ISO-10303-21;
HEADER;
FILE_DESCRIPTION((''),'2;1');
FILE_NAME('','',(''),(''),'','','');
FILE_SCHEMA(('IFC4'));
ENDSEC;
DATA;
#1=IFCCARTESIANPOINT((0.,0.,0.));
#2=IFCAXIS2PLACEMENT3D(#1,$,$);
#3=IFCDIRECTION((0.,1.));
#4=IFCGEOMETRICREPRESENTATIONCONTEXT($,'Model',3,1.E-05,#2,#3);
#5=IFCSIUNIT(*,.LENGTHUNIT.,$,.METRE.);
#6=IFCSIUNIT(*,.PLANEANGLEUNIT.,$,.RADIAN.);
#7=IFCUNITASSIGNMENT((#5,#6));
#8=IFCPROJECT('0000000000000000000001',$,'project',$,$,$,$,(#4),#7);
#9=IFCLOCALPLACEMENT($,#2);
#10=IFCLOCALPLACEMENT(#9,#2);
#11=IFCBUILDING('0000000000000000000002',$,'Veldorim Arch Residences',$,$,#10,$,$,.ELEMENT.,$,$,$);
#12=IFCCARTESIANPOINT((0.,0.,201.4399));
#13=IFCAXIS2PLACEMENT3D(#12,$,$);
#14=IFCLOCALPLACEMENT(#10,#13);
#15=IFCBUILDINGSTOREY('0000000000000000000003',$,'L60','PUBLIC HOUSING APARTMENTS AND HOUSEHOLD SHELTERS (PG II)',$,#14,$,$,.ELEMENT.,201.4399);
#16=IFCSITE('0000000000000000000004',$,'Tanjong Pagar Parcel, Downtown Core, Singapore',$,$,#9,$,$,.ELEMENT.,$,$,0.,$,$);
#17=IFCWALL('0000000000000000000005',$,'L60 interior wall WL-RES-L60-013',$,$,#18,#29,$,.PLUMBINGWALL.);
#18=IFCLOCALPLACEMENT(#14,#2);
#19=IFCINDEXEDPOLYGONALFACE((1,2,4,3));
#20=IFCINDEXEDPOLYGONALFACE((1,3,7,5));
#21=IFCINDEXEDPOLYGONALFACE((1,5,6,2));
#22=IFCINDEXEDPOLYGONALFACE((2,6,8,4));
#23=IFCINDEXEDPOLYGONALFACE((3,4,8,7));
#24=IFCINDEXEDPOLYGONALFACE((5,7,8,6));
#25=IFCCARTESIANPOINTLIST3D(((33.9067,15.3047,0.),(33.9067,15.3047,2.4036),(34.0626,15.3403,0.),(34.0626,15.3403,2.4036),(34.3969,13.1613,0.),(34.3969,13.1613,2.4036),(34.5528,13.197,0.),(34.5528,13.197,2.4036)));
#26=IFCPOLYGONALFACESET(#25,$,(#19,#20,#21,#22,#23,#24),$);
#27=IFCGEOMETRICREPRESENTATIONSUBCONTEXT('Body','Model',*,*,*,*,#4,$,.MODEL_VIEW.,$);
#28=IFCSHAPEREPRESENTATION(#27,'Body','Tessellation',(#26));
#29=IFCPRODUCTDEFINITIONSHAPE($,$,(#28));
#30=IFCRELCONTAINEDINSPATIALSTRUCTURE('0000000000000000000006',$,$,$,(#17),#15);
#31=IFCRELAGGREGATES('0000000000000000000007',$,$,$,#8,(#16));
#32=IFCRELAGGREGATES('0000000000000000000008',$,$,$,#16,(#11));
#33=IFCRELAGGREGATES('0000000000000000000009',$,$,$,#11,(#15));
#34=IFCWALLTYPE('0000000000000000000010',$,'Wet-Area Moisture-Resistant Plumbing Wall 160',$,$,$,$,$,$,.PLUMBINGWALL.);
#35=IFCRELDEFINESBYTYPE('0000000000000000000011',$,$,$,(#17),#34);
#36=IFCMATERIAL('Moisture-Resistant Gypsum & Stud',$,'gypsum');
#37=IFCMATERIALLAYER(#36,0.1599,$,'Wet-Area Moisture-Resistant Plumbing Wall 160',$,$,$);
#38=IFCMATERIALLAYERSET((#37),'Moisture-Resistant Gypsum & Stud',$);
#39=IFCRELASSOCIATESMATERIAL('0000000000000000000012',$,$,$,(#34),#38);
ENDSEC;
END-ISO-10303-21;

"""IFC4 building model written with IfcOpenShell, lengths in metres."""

from ifc_helpers import new_model, si_unit, direction, frame, frame_2d, origin, place, context, subcontext, project, spatial, rectangle, extrude, material, layer, layer_set, type_object, element, save


model = new_model("IFC4")

# Units and contexts
model_context = context("Model", 3, precision=1e-05, world=origin(), true_north=direction((0.0, 1.0)))
body_context = subcontext(model_context, "Body", "Model", "MODEL_VIEW")
ifc_project = project(units=[si_unit("LENGTHUNIT", "METRE"), si_unit("PLANEANGLEUNIT", "RADIAN")], contexts=[model_context])

# Site, building, storey
site_placement = place(None, origin())
site = spatial("IfcSite", under=ifc_project, at=site_placement, Name="Tanjong Pagar Parcel, Downtown Core, Singapore", CompositionType="ELEMENT", RefElevation=0.0)
building_placement = place(site_placement, origin())
building = spatial("IfcBuilding", under=site, at=building_placement, Name="Veldorim Arch Residences", CompositionType="ELEMENT")
storey_placement = place(building_placement, frame((0.0, 0.0, 201.4399)))
storey = spatial("IfcBuildingStorey", under=building, at=storey_placement, Name="L60", Description="PUBLIC HOUSING APARTMENTS AND HOUSEHOLD SHELTERS (PG II)", CompositionType="ELEMENT", Elevation=201.4399)

# Shared definitions
ifc_material_1 = material(Name="Moisture-Resistant Gypsum & Stud", Category="gypsum")
ifc_layer_1 = layer(ifc_material_1, 0.1599, Name="Wet-Area Moisture-Resistant Plumbing Wall 160")
ifc_layer_set_1 = layer_set([ifc_layer_1], Name="Moisture-Resistant Gypsum & Stud")
wall_type_1 = type_object("IfcWallType", Name="Wet-Area Moisture-Resistant Plumbing Wall 160", PredefinedType="PLUMBINGWALL", material=ifc_layer_set_1)

# Wall
wall_1_placement = place(storey_placement, frame((33.9846, 15.3225, 0.0), z_axis=(0.0, 0.0, 1.0), x_axis=(0.22297, -0.974825, 0.0)))
element("IfcWall", 1, at=wall_1_placement, inside=storey, type_object=wall_type_1, Name="L60 interior wall WL-RES-L60-013", PredefinedType="PLUMBINGWALL", context=body_context, shape_type="SweptSolid", body=[
    extrude(rectangle(XDim=2.1987, YDim=0.1599, at=frame_2d((1.0994, 0.0))), origin(), (0.0, 0.0, 1.0), 2.4036),
])

save(model, "model.ifc")
